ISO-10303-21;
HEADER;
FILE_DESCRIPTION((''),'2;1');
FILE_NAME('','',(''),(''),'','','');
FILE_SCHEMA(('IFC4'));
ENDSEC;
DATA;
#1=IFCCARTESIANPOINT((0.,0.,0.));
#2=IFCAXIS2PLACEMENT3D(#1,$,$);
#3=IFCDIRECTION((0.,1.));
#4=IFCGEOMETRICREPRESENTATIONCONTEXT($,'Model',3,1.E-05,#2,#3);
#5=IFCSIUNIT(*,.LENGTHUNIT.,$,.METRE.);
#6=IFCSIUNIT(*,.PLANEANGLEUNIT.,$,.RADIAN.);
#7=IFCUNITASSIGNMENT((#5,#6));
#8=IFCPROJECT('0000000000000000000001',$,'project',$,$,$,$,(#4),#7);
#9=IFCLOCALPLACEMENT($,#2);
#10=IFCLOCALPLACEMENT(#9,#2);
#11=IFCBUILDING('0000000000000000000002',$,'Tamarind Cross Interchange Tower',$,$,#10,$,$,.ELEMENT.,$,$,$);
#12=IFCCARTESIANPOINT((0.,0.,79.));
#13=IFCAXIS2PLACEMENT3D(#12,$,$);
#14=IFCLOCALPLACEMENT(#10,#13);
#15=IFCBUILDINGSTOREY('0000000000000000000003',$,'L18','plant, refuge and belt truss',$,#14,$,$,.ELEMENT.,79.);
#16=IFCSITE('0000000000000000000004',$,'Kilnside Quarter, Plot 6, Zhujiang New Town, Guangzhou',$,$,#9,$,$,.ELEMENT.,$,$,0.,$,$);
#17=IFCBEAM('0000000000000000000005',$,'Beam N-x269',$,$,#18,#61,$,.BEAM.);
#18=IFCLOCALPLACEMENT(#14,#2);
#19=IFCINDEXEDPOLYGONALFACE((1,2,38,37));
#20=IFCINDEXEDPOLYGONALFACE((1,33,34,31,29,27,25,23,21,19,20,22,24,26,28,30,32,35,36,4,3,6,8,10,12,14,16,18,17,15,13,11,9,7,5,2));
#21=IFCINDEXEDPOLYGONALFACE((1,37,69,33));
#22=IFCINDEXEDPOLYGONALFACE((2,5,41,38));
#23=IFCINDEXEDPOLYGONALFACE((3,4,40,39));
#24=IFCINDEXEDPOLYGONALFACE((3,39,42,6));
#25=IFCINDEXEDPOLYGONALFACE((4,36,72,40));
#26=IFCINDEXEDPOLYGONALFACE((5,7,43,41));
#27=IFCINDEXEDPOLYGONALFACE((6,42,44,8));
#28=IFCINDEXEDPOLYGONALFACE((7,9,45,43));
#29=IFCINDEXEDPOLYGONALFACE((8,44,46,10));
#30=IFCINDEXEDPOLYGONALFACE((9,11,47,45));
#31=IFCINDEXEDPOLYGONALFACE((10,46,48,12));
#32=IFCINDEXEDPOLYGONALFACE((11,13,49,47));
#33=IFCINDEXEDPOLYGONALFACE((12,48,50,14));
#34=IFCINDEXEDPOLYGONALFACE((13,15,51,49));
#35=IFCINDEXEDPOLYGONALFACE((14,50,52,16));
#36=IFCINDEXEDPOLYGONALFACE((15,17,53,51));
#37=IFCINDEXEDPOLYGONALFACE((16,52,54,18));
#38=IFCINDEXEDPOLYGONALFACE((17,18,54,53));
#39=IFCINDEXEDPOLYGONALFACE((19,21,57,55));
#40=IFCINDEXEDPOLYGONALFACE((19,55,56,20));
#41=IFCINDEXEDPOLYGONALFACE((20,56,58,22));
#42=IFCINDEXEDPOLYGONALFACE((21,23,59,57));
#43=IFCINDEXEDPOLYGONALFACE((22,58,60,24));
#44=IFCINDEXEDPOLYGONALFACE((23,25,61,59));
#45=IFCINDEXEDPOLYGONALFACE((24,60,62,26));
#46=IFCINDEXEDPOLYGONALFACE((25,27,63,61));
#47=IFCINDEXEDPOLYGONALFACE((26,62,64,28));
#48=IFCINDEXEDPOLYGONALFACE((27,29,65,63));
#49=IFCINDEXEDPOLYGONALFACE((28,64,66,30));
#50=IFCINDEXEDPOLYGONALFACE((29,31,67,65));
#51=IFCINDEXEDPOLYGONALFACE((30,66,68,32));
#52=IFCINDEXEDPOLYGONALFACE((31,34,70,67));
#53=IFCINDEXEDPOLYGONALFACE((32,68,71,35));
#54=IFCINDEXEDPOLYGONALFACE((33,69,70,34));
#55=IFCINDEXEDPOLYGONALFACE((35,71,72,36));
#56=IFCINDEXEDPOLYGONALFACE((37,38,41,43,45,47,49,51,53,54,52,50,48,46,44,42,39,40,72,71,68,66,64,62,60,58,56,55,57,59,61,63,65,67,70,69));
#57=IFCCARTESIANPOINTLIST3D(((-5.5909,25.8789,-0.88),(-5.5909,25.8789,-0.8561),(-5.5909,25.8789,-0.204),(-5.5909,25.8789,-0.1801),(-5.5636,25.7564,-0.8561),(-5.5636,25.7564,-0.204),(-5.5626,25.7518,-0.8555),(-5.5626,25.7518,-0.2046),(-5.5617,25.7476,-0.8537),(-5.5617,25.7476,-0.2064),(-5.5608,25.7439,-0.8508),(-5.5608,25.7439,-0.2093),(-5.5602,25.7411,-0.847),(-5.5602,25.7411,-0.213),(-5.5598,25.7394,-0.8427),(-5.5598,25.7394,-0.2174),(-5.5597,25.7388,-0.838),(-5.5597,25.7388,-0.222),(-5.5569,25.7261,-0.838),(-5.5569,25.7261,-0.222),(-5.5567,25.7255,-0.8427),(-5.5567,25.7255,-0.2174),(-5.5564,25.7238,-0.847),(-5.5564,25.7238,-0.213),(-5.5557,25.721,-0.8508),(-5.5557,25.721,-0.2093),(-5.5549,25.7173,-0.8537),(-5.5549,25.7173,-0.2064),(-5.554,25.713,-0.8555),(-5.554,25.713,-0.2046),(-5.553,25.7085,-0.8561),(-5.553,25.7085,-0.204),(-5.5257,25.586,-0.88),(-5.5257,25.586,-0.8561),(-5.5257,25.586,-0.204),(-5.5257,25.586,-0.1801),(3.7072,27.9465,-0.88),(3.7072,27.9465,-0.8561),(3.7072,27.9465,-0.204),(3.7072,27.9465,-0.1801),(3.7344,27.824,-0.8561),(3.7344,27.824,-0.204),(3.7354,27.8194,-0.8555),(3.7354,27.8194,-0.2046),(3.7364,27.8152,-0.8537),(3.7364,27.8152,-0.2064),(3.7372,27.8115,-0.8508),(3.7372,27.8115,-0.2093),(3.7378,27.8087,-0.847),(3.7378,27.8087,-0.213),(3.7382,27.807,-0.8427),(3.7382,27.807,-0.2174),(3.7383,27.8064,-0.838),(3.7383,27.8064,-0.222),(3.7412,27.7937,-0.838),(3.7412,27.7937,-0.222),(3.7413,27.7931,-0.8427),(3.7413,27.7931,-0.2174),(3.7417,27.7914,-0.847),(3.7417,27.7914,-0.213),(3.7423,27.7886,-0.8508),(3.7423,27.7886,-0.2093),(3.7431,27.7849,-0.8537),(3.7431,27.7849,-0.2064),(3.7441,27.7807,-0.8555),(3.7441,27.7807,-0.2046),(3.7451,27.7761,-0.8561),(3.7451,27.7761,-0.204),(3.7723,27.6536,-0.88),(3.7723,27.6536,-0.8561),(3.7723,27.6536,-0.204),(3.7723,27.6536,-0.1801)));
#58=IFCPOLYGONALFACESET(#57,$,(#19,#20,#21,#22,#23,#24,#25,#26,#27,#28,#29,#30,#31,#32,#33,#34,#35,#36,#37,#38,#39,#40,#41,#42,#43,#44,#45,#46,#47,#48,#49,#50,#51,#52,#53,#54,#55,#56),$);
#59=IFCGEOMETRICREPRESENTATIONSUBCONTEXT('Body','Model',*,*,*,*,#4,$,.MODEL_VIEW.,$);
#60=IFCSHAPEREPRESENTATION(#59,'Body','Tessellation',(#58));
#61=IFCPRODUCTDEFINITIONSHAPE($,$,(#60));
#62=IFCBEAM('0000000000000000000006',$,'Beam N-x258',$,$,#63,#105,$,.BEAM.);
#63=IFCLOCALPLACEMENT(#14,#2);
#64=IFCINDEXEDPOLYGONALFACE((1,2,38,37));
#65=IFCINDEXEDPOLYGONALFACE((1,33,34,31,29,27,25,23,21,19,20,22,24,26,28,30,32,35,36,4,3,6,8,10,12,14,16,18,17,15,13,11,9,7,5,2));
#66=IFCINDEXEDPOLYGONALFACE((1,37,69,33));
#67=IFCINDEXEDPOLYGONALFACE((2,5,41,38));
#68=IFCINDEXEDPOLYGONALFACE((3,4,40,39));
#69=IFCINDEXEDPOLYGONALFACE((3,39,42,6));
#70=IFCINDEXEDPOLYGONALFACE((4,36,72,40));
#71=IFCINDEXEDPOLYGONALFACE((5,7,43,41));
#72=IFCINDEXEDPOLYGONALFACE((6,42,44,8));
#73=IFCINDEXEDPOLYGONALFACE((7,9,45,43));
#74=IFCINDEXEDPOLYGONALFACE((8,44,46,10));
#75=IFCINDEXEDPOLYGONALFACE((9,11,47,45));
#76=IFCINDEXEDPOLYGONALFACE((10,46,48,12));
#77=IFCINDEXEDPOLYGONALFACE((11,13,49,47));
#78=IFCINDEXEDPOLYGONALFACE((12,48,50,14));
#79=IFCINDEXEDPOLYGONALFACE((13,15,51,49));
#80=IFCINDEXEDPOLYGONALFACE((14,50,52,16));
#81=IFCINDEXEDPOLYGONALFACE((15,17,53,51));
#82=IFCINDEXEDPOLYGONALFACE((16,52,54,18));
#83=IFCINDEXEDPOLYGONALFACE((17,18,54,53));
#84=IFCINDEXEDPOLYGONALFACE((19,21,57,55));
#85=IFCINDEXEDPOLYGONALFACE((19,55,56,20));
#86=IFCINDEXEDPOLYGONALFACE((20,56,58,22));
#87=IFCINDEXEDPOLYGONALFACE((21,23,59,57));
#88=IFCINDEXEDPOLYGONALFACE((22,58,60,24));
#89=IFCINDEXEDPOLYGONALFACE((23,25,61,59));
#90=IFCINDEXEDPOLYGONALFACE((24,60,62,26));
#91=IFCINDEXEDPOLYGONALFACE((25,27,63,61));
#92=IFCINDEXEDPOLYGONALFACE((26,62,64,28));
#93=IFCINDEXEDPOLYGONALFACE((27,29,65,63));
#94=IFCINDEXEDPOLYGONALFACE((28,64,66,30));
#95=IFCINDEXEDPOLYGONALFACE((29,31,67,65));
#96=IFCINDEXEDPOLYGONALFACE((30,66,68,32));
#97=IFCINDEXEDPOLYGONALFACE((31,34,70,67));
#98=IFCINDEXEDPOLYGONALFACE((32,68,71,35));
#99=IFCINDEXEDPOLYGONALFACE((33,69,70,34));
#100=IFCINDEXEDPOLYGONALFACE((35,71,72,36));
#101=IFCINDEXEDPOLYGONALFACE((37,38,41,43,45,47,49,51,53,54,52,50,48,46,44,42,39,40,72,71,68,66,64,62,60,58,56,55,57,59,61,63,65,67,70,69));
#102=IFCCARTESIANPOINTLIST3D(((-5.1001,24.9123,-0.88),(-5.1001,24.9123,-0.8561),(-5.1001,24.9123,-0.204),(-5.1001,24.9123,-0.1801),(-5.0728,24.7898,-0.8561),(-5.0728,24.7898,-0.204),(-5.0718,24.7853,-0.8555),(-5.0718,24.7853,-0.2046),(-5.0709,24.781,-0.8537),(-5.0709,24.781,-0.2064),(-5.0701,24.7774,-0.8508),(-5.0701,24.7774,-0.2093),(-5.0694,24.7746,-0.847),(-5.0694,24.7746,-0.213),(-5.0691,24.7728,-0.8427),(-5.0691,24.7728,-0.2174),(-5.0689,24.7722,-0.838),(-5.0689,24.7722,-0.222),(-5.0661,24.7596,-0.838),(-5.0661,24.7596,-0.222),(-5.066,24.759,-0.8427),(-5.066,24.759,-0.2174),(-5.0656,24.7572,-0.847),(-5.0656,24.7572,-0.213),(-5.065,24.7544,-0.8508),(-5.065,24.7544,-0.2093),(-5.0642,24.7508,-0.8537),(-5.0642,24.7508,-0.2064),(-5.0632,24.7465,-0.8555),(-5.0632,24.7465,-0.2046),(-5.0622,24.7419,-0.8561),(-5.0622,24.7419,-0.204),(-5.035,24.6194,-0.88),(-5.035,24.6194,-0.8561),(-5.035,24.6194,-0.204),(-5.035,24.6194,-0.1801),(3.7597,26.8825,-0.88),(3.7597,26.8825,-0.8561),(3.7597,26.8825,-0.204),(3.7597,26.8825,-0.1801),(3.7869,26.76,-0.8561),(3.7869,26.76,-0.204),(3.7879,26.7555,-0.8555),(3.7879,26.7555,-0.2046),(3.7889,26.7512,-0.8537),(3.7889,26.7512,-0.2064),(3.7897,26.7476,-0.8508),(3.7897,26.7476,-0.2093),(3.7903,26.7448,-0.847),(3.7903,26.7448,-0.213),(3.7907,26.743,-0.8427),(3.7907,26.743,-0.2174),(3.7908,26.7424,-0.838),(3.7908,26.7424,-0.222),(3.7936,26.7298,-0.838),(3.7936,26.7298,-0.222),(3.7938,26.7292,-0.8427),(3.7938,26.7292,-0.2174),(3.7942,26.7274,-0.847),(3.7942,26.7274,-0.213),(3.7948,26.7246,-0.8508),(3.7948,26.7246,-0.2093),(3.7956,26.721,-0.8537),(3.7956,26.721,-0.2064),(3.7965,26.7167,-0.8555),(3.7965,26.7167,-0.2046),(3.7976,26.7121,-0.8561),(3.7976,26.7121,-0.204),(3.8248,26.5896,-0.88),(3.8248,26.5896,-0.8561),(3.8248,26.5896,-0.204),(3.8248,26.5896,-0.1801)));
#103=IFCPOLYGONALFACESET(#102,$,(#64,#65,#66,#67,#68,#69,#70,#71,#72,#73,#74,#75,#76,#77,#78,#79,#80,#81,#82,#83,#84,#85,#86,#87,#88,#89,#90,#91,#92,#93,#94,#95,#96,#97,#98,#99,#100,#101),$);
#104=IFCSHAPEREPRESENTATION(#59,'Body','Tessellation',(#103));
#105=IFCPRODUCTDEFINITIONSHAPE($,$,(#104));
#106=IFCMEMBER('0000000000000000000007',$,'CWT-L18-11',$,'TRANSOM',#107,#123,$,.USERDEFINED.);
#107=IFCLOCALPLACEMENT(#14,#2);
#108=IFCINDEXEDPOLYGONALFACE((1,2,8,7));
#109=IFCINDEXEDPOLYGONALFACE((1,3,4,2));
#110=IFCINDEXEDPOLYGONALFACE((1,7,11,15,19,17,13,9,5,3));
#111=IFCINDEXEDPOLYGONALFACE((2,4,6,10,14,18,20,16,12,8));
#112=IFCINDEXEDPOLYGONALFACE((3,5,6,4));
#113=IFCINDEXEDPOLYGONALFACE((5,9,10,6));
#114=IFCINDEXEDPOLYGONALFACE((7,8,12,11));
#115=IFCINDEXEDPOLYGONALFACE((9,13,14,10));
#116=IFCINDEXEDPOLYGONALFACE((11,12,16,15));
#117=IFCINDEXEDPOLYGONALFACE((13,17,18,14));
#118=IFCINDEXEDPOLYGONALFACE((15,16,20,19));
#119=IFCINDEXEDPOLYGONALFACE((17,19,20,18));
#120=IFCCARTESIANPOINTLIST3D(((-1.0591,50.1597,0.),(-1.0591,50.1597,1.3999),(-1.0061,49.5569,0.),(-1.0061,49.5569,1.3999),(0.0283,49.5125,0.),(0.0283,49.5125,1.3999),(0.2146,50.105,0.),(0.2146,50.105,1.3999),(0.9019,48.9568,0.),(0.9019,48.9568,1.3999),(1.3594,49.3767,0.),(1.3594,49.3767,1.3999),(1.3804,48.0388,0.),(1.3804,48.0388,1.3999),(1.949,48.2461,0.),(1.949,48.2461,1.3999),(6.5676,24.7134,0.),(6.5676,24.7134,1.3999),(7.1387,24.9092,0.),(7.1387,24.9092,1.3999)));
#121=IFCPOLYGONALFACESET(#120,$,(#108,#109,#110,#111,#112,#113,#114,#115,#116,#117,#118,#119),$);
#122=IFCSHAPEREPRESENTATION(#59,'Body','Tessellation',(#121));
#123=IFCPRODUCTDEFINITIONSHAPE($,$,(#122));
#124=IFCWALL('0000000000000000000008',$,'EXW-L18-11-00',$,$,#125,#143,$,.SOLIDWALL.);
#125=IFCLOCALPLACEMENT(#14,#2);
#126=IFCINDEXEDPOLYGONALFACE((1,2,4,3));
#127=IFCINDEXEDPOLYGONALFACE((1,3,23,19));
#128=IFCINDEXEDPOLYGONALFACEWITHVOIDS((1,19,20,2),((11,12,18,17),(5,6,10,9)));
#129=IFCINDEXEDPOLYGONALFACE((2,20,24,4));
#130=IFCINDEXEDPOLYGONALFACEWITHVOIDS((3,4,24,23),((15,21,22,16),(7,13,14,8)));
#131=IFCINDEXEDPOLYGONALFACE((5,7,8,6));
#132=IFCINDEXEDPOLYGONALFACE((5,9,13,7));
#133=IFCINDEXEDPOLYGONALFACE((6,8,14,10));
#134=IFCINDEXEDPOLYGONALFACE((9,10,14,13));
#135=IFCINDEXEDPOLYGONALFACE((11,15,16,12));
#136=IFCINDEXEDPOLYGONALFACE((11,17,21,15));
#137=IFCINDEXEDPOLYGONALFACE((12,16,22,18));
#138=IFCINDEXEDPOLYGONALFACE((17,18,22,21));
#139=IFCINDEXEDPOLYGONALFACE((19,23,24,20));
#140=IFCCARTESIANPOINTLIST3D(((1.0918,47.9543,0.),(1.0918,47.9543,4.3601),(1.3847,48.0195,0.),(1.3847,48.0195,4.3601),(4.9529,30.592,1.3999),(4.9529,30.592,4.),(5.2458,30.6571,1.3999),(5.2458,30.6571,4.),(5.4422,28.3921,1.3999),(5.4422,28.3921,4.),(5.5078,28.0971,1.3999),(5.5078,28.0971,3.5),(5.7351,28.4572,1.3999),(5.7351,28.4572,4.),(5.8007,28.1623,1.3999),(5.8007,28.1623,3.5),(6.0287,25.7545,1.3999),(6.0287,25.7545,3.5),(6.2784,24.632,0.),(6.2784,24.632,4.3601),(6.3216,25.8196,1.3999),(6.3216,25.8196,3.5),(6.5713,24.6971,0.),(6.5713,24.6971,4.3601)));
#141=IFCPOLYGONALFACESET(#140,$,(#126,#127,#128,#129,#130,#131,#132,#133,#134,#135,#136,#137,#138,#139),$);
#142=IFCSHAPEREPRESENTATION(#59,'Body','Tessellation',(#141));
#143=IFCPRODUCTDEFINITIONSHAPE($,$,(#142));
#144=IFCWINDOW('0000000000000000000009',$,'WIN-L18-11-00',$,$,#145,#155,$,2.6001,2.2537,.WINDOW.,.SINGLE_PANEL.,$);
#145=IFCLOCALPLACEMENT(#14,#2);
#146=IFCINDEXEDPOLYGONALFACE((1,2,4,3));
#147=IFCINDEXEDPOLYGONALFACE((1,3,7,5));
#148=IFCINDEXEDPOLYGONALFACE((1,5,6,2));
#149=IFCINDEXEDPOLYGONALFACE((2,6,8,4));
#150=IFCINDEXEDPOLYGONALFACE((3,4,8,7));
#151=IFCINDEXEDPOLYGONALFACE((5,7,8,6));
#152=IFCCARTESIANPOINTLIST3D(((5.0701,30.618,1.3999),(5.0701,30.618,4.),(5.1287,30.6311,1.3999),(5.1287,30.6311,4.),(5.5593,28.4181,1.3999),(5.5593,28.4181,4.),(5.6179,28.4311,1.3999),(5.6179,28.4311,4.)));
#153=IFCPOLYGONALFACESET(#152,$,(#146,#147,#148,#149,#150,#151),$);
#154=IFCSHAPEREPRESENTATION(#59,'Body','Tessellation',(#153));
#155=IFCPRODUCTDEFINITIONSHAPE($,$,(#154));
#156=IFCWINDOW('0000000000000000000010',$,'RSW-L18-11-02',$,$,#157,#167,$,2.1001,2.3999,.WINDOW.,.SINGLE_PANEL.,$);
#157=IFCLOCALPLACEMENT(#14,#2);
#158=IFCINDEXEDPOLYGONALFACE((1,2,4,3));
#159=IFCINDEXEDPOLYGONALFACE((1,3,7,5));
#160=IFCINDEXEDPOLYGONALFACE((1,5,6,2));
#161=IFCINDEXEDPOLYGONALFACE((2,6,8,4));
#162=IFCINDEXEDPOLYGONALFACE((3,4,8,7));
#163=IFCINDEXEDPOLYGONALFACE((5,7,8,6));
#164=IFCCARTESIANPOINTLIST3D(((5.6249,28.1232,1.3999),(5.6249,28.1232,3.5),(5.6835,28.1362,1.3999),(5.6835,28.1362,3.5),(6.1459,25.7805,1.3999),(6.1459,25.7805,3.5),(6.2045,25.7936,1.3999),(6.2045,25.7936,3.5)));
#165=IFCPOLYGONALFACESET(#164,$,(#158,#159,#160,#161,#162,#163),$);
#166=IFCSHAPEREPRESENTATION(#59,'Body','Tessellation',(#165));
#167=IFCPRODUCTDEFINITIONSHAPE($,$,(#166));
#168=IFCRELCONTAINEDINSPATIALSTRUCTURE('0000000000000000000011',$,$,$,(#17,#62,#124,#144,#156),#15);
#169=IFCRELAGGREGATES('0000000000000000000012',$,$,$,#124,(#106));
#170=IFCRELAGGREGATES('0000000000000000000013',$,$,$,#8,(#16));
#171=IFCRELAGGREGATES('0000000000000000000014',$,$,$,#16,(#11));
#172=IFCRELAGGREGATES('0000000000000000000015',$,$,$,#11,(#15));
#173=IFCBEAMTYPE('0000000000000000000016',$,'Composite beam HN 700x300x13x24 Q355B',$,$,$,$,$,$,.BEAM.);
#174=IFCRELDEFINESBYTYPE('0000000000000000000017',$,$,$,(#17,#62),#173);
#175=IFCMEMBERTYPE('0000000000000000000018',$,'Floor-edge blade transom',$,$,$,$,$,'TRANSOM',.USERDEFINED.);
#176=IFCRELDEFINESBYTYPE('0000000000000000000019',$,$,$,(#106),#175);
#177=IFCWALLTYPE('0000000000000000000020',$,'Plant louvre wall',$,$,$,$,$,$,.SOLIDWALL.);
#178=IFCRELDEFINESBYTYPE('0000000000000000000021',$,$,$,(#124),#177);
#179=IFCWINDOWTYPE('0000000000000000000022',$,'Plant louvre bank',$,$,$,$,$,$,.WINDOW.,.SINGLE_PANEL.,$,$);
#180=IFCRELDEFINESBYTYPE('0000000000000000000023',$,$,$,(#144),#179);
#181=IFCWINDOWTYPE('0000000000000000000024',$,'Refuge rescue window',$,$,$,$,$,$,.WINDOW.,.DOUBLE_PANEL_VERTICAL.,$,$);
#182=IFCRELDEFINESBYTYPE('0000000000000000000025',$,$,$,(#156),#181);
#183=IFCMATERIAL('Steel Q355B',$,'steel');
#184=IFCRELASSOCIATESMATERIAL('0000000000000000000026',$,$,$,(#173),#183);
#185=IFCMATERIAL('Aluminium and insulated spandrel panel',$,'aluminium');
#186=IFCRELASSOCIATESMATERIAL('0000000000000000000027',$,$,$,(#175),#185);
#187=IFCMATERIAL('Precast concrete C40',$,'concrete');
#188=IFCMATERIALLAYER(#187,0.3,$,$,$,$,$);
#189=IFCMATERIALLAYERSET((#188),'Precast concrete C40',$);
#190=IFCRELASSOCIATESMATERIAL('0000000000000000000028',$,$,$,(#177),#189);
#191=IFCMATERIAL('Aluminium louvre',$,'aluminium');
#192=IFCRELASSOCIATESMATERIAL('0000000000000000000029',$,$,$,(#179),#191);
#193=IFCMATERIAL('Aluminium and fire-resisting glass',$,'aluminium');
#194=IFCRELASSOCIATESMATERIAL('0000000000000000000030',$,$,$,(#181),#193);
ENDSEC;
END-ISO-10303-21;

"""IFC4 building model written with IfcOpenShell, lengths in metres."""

from ifc_helpers import new_model, si_unit, direction, frame, frame_2d, origin, origin_2d, place, context, subcontext, project, spatial, polyline, rectangle, i_section, outline, extrude, material, layer, layer_set, material_profile, profile_set, type_object, element, fill, aggregate, save


model = new_model("IFC4")

# Units and contexts
model_context = context("Model", 3, precision=1e-05, world=origin(), true_north=direction((0.0, 1.0)))
body_context = subcontext(model_context, "Body", "Model", "MODEL_VIEW")
ifc_project = project(units=[si_unit("LENGTHUNIT", "METRE"), si_unit("PLANEANGLEUNIT", "RADIAN")], contexts=[model_context])

# Site, building, storey
site_placement = place(None, origin())
site = spatial("IfcSite", under=ifc_project, at=site_placement, Name="Kilnside Quarter, Plot 6, Zhujiang New Town, Guangzhou", CompositionType="ELEMENT", RefElevation=0.0)
building_placement = place(site_placement, origin())
building = spatial("IfcBuilding", under=site, at=building_placement, Name="Tamarind Cross Interchange Tower", CompositionType="ELEMENT")
storey_placement = place(building_placement, frame((0.0, 0.0, 79.0)))
storey = spatial("IfcBuildingStorey", under=building, at=storey_placement, Name="L18", Description="plant, refuge and belt truss", CompositionType="ELEMENT", Elevation=79.0)

# Beams
ifc_material_1 = material(Name="Steel Q355B", Category="steel")
ifc_material_profile_1 = material_profile(ifc_material_1, i_section(OverallWidth=0.3, OverallDepth=0.7, WebThickness=0.0129, FlangeThickness=0.0239, FilletRadius=0.0181, at=origin_2d()), Name="HN 700x300x13x24")
ifc_profile_set_1 = profile_set([ifc_material_profile_1], Name="Steel Q355B")
beam_type_1 = type_object("IfcBeamType", Name="Composite beam HN 700x300x13x24 Q355B", PredefinedType="BEAM", material=ifc_profile_set_1)
beam_1_placement = place(storey_placement, frame((3.7397, 27.8, -0.53), z_axis=(-0.976156, -0.217069, 0.0), x_axis=(0.217069, -0.976156, 0.0)))
element("IfcBeam", 1, at=beam_1_placement, inside=storey, type_object=beam_type_1, Name="Beam N-x269", PredefinedType="BEAM", context=body_context, shape_type="SweptSolid", body=[
    extrude(i_section(OverallWidth=0.3, OverallDepth=0.7, WebThickness=0.0129, FlangeThickness=0.0239, FilletRadius=0.0181, at=origin_2d()), origin(), (0.0, 0.0, 1.0), 9.5251),
])
beam_2_placement = place(storey_placement, frame((3.7922, 26.7361, -0.53), z_axis=(-0.976155, -0.217073, 0.0), x_axis=(0.217073, -0.976155, 0.0)))
element("IfcBeam", 2, at=beam_2_placement, inside=storey, type_object=beam_type_1, Name="Beam N-x258", PredefinedType="BEAM", context=body_context, shape_type="SweptSolid", body=[
    extrude(i_section(OverallWidth=0.3, OverallDepth=0.7, WebThickness=0.0129, FlangeThickness=0.0239, FilletRadius=0.0181, at=origin_2d()), origin(), (0.0, 0.0, 1.0), 9.0762),
])

# Member
ifc_material_2 = material(Name="Aluminium and insulated spandrel panel", Category="aluminium")
member_type_1 = type_object("IfcMemberType", Name="Floor-edge blade transom", ElementType="TRANSOM", PredefinedType="USERDEFINED", material=ifc_material_2)
member_1_placement = place(storey_placement, origin())
member_1 = element("IfcMember", 3, at=member_1_placement, type_object=member_type_1, Name="CWT-L18-11", ObjectType="TRANSOM", PredefinedType="USERDEFINED", context=body_context, shape_type="SweptSolid", body=[
    extrude(outline(polyline([(6.5676, 24.7134), (1.3804, 48.0388), (0.9019, 48.9568), (0.0283, 49.5125), (-1.0061, 49.5569), (-1.0591, 50.1597), (0.2146, 50.105), (1.3594, 49.3767), (1.949, 48.2461), (7.1387, 24.9092), (6.5676, 24.7134)])), origin(), (0.0, 0.0, 1.0), 1.3999),
])

# Shared definitions
ifc_material_3 = material(Name="Precast concrete C40", Category="concrete")
ifc_layer_1 = layer(ifc_material_3, 0.3)
ifc_layer_set_1 = layer_set([ifc_layer_1], Name="Precast concrete C40")
wall_type_1 = type_object("IfcWallType", Name="Plant louvre wall", PredefinedType="SOLIDWALL", material=ifc_layer_set_1)

# Wall, openings, windows
wall_1_placement = place(storey_placement, frame((6.4248, 24.6646, 0.0), z_axis=(0.0, 0.0, 1.0), x_axis=(-0.217082, 0.976153, 0.0)))
wall_1 = element("IfcWall", 4, at=wall_1_placement, inside=storey, type_object=wall_type_1, Name="EXW-L18-11-00", PredefinedType="SOLIDWALL", context=body_context, shape_type="SweptSolid", body=[
    extrude(rectangle(XDim=23.8921, YDim=0.3, at=frame_2d((11.946, 0.0))), origin(), (0.0, 0.0, 1.0), 4.3601),
])
opening_1_placement = place(wall_1_placement, frame((3.8518, 0.0, 1.3999)))
opening_1 = element("IfcOpeningElement", 5, at=opening_1_placement, cuts=wall_1, PredefinedType="OPENING", context=body_context, shape_type="SweptSolid", body=[
    extrude(rectangle(XDim=2.2537, YDim=2.6001, at=frame_2d((1.127, 1.3))), frame((0.0, 0.1599, 0.0), z_axis=(0.0, -1.0, 0.0), x_axis=(1.0, 0.0, 0.0)), (0.0, 0.0, 1.0), 0.3201),
])
opening_2_placement = place(wall_1_placement, frame((1.1499, 0.0, 1.3999)))
opening_2 = element("IfcOpeningElement", 6, at=opening_2_placement, cuts=wall_1, PredefinedType="OPENING", context=body_context, shape_type="SweptSolid", body=[
    extrude(rectangle(XDim=2.3999, YDim=2.1001, at=frame_2d((1.2, 1.05))), frame((0.0, 0.1599, 0.0), z_axis=(0.0, -1.0, 0.0), x_axis=(1.0, 0.0, 0.0)), (0.0, 0.0, 1.0), 0.3201),
])
ifc_material_4 = material(Name="Aluminium louvre", Category="aluminium")
window_type_1 = type_object("IfcWindowType", Name="Plant louvre bank", PartitioningType="SINGLE_PANEL", PredefinedType="WINDOW", material=ifc_material_4)
window_1_placement = place(opening_1_placement, origin())
window_1 = element("IfcWindow", 7, at=window_1_placement, inside=storey, type_object=window_type_1, Name="WIN-L18-11-00", OverallHeight=2.6001, OverallWidth=2.2537, PartitioningType="SINGLE_PANEL", PredefinedType="WINDOW", context=body_context, shape_type="SweptSolid", body=[
    extrude(rectangle(XDim=2.2537, YDim=2.6001, at=frame_2d((1.127, 1.3))), frame((0.0, 0.03, 0.0), z_axis=(0.0, -1.0, 0.0), x_axis=(1.0, 0.0, 0.0)), (0.0, 0.0, 1.0), 0.0601),
])
fill(opening_1, window_1)
ifc_material_5 = material(Name="Aluminium and fire-resisting glass", Category="aluminium")
window_type_2 = type_object("IfcWindowType", Name="Refuge rescue window", PartitioningType="DOUBLE_PANEL_VERTICAL", PredefinedType="WINDOW", material=ifc_material_5)
window_2_placement = place(opening_2_placement, origin())
window_2 = element("IfcWindow", 8, at=window_2_placement, inside=storey, type_object=window_type_2, Name="RSW-L18-11-02", OverallHeight=2.1001, OverallWidth=2.3999, PartitioningType="SINGLE_PANEL", PredefinedType="WINDOW", context=body_context, shape_type="SweptSolid", body=[
    extrude(rectangle(XDim=2.3999, YDim=2.1001, at=frame_2d((1.2, 1.05))), frame((0.0, 0.03, 0.0), z_axis=(0.0, -1.0, 0.0), x_axis=(1.0, 0.0, 0.0)), (0.0, 0.0, 1.0), 0.0601),
])
fill(opening_2, window_2)
aggregate(wall_1, [member_1])

save(model, "model.ifc")
